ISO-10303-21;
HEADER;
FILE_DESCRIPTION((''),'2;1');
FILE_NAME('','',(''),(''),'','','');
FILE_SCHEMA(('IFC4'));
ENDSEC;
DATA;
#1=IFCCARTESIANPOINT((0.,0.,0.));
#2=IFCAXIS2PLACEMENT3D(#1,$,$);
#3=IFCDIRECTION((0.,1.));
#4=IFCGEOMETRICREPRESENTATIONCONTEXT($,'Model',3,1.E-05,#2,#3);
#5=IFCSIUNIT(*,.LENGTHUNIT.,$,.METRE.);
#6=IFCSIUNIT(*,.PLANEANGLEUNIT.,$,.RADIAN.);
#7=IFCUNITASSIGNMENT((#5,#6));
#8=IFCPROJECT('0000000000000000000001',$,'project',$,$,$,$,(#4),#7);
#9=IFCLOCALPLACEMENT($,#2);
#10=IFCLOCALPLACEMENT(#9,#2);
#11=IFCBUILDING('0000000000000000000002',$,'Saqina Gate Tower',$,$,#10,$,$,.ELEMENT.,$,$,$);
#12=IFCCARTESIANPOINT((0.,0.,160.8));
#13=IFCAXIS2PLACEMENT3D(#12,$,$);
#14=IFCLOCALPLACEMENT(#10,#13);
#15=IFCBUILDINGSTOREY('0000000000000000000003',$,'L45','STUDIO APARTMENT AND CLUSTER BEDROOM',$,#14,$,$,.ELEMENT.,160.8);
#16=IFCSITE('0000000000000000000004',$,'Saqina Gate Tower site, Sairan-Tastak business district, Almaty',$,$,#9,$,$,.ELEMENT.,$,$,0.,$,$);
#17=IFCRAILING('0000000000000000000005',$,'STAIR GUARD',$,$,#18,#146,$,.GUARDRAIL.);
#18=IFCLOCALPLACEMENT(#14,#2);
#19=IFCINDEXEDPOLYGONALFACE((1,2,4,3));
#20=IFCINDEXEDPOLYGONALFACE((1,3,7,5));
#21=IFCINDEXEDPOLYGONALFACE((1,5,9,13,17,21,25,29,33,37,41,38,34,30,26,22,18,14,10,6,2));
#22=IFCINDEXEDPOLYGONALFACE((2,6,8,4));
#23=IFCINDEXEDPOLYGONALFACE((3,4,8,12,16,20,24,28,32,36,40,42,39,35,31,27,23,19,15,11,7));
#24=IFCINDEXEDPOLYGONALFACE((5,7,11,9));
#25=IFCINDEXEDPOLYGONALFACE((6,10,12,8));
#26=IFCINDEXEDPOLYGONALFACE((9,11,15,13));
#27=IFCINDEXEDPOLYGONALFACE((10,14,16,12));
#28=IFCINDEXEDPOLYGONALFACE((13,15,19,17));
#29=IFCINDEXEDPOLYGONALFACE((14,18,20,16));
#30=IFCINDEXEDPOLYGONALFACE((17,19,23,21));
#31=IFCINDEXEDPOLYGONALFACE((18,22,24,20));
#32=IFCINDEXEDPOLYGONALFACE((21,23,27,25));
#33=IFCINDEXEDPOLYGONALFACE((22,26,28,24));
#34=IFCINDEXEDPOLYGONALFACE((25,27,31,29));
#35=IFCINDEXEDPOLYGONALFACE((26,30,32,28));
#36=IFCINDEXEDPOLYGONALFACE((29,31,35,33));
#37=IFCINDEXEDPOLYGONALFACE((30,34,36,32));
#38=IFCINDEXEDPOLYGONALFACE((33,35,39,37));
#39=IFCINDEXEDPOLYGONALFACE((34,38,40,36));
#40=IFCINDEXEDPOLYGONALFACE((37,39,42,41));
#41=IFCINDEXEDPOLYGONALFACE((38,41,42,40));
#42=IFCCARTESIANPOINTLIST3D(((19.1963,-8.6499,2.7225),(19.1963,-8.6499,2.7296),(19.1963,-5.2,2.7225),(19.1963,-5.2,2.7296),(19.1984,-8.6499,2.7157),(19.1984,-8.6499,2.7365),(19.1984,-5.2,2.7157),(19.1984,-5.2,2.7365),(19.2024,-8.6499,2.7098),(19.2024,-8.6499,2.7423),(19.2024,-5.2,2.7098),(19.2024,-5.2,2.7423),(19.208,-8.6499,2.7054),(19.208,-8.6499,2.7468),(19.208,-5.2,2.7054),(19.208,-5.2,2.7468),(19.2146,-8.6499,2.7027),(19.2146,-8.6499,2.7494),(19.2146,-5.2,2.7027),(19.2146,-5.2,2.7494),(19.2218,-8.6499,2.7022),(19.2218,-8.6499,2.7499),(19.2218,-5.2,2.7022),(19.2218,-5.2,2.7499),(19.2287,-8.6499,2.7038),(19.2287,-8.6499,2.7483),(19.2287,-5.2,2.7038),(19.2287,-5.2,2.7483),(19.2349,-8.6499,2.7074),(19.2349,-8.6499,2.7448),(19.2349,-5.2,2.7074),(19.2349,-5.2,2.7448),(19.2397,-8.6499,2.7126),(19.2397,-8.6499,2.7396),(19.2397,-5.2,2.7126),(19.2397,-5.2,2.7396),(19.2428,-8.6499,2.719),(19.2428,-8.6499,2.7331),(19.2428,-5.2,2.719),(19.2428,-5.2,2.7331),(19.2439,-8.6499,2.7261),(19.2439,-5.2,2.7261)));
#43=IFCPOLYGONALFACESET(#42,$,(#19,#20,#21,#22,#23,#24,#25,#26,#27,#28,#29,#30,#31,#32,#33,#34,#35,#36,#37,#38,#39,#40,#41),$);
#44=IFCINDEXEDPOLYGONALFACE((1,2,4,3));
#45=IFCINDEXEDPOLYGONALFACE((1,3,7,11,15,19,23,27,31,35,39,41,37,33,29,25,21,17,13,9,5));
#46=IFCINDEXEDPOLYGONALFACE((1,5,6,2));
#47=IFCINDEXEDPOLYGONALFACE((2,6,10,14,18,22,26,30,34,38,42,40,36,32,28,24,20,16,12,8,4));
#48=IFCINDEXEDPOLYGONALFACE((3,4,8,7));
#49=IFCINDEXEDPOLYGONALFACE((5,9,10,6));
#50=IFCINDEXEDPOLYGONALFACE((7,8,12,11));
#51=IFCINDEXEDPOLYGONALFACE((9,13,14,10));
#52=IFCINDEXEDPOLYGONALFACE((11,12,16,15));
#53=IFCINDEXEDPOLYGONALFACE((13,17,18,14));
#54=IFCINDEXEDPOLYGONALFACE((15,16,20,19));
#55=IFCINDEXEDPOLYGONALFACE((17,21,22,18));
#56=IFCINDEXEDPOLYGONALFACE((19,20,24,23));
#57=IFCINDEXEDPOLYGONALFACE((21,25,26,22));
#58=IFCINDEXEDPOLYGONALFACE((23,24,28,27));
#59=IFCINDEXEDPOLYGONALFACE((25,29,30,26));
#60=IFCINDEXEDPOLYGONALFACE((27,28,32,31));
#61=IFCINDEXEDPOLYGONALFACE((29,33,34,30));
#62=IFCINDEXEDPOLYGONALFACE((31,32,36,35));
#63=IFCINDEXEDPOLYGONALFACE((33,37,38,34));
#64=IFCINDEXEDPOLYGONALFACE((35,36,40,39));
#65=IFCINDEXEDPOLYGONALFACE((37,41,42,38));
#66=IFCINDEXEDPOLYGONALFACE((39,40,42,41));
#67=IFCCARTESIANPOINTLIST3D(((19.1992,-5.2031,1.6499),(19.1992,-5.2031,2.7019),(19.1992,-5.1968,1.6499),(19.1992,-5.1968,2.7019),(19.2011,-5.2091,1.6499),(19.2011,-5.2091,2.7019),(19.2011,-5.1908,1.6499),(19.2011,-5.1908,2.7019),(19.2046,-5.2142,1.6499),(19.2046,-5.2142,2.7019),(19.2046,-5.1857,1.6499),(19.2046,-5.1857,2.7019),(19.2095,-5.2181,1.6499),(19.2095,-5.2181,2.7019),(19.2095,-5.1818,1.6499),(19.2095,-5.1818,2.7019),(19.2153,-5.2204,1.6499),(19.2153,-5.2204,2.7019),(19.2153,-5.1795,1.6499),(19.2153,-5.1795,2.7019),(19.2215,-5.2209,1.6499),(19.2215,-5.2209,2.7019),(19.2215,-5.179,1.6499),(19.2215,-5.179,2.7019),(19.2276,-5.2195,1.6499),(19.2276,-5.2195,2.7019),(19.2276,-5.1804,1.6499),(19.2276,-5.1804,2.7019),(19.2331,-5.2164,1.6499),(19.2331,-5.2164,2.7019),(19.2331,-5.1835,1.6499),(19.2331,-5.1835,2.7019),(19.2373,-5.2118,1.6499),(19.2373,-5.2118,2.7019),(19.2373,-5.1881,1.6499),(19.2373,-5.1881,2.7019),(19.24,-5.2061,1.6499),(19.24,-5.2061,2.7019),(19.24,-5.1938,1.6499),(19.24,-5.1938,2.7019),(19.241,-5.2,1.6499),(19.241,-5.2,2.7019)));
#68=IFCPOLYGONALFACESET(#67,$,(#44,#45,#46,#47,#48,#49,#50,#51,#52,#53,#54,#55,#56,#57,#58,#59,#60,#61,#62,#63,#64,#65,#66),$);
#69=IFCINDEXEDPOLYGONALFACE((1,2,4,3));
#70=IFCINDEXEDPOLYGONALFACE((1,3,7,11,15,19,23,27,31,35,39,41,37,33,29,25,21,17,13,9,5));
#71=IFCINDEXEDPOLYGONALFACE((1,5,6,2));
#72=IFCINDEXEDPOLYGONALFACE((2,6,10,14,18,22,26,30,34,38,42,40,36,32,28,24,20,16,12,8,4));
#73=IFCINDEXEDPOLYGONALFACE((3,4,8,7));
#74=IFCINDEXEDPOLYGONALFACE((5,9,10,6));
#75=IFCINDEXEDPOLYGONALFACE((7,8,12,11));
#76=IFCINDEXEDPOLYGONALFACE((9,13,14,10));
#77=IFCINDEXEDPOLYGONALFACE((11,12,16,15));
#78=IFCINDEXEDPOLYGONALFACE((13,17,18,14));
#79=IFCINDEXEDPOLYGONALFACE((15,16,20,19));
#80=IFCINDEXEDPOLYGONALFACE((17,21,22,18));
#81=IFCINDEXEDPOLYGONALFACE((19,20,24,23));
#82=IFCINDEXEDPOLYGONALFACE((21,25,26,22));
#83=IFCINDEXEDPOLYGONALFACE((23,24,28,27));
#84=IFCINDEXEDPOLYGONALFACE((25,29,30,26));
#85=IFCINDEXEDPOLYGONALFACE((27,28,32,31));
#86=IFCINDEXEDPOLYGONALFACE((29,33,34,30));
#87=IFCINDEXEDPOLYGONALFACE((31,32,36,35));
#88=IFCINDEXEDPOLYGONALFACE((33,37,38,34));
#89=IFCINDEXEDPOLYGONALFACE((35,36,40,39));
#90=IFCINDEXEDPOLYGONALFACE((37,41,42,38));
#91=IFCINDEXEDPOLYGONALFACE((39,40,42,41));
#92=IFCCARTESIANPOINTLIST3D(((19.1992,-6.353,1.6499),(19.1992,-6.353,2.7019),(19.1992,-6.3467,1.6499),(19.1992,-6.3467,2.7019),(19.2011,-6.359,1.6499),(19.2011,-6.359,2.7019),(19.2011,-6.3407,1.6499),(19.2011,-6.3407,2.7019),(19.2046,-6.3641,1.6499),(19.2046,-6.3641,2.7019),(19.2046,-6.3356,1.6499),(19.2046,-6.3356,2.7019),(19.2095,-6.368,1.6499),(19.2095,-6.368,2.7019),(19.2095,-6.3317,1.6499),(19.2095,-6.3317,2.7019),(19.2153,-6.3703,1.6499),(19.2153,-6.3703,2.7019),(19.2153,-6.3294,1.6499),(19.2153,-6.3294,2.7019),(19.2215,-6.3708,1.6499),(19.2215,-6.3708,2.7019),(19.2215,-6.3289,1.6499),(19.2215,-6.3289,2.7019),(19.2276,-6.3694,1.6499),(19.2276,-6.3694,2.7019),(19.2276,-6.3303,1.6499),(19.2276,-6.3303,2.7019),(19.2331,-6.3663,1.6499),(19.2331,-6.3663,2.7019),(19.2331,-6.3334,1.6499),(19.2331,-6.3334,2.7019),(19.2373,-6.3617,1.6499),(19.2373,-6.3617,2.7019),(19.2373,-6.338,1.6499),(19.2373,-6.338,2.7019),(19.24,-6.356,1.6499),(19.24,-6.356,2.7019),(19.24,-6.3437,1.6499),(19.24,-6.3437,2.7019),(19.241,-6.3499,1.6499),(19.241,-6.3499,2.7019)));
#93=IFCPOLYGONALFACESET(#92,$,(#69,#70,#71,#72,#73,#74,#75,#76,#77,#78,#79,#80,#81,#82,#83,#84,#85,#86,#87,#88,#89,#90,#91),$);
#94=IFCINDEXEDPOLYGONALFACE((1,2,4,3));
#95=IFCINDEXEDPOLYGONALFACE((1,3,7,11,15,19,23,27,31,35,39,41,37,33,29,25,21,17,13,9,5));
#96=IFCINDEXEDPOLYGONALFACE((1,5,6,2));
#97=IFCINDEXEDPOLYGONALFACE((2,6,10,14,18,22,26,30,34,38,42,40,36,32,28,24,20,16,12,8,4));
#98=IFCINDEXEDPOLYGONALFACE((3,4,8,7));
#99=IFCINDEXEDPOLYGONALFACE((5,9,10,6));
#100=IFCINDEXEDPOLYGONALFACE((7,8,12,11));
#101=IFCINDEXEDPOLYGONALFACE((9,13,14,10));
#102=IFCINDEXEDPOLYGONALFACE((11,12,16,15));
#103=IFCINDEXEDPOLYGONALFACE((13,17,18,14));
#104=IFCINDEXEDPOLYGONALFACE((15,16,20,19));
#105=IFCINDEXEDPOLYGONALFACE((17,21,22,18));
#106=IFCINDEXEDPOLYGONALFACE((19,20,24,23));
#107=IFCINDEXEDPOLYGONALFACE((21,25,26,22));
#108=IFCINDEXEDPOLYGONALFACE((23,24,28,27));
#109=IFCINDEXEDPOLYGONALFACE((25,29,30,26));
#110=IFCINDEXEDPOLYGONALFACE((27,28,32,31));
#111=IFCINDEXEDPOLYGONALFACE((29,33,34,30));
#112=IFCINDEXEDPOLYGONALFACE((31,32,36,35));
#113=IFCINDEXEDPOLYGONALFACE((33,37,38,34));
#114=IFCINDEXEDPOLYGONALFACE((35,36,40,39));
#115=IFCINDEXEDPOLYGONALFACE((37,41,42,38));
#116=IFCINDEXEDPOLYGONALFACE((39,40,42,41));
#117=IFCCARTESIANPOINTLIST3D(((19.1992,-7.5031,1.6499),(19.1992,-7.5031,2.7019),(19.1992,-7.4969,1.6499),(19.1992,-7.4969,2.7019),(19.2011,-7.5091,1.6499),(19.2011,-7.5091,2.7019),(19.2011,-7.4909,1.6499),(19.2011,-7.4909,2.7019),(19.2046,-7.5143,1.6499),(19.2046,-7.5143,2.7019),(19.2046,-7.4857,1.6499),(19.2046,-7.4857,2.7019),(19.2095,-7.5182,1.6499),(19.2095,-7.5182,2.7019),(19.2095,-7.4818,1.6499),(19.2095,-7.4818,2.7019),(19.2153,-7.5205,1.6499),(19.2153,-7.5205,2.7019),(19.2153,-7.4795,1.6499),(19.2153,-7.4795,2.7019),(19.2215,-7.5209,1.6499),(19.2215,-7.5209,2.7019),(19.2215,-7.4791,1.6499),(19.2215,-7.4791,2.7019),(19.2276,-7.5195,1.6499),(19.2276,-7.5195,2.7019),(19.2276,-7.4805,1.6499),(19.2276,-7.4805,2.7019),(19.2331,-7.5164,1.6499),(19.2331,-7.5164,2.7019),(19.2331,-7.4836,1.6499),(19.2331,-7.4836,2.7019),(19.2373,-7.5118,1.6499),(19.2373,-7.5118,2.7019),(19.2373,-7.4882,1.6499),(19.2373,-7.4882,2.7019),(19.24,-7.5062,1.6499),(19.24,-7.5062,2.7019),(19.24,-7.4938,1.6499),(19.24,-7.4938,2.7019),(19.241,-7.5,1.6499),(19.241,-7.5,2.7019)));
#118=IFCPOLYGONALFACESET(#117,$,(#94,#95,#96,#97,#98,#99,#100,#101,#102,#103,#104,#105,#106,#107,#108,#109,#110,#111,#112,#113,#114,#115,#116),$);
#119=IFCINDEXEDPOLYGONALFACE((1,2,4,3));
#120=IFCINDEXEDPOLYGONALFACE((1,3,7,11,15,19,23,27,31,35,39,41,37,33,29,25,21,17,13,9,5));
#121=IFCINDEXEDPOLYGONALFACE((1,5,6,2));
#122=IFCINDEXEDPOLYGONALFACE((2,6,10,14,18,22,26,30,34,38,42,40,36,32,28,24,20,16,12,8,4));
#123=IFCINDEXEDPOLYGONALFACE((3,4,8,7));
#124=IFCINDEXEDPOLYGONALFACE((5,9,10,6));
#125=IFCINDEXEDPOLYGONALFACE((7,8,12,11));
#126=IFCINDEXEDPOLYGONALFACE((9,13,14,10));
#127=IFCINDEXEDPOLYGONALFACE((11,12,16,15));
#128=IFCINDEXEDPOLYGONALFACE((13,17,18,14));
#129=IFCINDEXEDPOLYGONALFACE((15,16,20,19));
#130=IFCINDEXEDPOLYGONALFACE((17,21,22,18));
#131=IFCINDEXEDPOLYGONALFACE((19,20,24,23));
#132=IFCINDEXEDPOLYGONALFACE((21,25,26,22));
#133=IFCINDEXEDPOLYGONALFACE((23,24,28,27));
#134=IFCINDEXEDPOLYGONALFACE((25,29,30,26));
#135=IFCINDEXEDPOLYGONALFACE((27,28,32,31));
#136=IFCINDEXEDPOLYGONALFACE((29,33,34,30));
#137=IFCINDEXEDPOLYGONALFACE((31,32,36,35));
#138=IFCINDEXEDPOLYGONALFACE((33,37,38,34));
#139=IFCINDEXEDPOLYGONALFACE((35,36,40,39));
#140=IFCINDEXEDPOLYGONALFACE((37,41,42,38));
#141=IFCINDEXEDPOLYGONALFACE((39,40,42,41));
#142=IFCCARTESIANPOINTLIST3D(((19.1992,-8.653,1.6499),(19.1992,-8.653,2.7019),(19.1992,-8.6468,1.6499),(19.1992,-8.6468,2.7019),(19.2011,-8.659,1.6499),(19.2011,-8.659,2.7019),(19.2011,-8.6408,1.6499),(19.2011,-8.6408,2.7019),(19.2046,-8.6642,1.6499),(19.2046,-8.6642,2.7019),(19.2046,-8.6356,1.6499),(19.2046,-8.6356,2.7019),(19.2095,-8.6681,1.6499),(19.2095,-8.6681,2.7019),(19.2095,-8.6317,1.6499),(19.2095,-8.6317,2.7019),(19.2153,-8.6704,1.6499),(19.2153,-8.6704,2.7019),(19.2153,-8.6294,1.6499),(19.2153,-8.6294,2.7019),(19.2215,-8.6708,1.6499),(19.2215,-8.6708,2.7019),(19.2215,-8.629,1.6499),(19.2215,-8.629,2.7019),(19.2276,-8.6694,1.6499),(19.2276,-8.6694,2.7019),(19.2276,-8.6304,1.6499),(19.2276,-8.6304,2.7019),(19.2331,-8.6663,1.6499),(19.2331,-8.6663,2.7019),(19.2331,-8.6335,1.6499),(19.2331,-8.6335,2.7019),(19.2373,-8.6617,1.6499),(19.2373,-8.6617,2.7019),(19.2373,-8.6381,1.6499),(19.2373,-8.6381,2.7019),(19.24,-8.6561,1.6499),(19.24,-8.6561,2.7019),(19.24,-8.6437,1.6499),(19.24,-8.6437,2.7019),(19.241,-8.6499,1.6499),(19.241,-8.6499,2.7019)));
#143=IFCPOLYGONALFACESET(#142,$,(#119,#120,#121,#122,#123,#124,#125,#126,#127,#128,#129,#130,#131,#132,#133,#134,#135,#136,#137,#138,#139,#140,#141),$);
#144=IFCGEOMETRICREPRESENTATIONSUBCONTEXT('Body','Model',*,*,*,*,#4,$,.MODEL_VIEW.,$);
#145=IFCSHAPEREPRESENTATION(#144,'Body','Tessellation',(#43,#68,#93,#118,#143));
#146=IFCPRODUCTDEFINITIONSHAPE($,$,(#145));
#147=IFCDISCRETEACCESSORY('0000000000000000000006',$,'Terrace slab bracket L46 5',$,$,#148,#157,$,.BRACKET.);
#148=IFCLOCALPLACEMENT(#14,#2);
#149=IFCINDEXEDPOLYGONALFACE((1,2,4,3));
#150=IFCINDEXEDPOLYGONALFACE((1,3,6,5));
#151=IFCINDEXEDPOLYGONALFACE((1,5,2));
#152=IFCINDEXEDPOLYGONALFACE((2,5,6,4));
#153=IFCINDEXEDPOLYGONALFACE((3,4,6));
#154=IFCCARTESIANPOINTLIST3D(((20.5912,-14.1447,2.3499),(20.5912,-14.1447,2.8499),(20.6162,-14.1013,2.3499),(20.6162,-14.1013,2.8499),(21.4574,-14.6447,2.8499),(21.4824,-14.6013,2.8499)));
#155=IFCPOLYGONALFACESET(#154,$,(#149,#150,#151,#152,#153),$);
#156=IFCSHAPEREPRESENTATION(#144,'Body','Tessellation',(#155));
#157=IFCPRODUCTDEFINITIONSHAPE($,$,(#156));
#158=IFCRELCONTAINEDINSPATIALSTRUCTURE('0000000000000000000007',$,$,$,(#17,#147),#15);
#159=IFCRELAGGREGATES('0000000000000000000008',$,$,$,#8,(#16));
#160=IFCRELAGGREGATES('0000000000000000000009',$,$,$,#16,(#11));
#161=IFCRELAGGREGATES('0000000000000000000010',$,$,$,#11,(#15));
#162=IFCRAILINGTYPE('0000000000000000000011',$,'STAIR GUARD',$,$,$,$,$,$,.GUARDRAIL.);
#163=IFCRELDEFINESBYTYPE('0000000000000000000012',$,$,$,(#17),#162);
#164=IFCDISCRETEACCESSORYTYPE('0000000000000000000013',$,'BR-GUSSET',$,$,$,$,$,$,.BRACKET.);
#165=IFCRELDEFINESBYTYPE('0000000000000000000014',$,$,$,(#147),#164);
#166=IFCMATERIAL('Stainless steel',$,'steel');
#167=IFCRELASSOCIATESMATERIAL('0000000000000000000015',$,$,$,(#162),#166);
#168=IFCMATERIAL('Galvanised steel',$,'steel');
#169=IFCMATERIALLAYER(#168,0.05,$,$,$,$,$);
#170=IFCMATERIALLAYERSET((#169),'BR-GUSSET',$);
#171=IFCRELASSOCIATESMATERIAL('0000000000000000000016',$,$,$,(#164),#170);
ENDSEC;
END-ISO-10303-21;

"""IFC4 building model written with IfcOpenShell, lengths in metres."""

from ifc_helpers import new_model, si_unit, direction, frame, origin, origin_2d, place, context, subcontext, project, spatial, polyline, circle, outline, extrude, material, layer, layer_set, type_object, element, save


model = new_model("IFC4")

# Units and contexts
model_context = context("Model", 3, precision=1e-05, world=origin(), true_north=direction((0.0, 1.0)))
body_context = subcontext(model_context, "Body", "Model", "MODEL_VIEW")
ifc_project = project(units=[si_unit("LENGTHUNIT", "METRE"), si_unit("PLANEANGLEUNIT", "RADIAN")], contexts=[model_context])

# Site, building, storey
site_placement = place(None, origin())
site = spatial("IfcSite", under=ifc_project, at=site_placement, Name="Saqina Gate Tower site, Sairan-Tastak business district, Almaty", CompositionType="ELEMENT", RefElevation=0.0)
building_placement = place(site_placement, origin())
building = spatial("IfcBuilding", under=site, at=building_placement, Name="Saqina Gate Tower", CompositionType="ELEMENT")
storey_placement = place(building_placement, frame((0.0, 0.0, 160.8)))
storey = spatial("IfcBuildingStorey", under=building, at=storey_placement, Name="L45", Description="STUDIO APARTMENT AND CLUSTER BEDROOM", CompositionType="ELEMENT", Elevation=160.8)

# Railing
ifc_material_1 = material(Name="Stainless steel", Category="steel")
railing_type = type_object("IfcRailingType", Name="STAIR GUARD", PredefinedType="GUARDRAIL", material=ifc_material_1)
railing_placement = place(storey_placement, frame((19.22, -5.2, 1.6499)))
element("IfcRailing", 1, at=railing_placement, inside=storey, type_object=railing_type, Name="STAIR GUARD", PredefinedType="GUARDRAIL", context=body_context, shape_type="SweptSolid", body=[
    extrude(circle(Radius=0.0239, at=origin_2d()), frame((0.0, 0.0, 1.0762), z_axis=(0.0, -1.0, 0.0), x_axis=(1.0, 0.0, 0.0)), (0.0, 0.0, 1.0), 3.45),
    extrude(circle(Radius=0.021, at=origin_2d()), origin(), (0.0, 0.0, 1.0), 1.052),
    extrude(circle(Radius=0.021, at=origin_2d()), frame((0.0, -1.1499, 0.0)), (0.0, 0.0, 1.0), 1.052),
    extrude(circle(Radius=0.021, at=origin_2d()), frame((0.0, -2.3, 0.0)), (0.0, 0.0, 1.0), 1.052),
    extrude(circle(Radius=0.021, at=origin_2d()), frame((0.0, -3.45, 0.0)), (0.0, 0.0, 1.0), 1.052),
])

# Discrete accessory
ifc_material_2 = material(Name="Galvanised steel", Category="steel")
ifc_layer_1 = layer(ifc_material_2, 0.05)
ifc_layer_set_1 = layer_set([ifc_layer_1], Name="BR-GUSSET")
discrete_accessory_type = type_object("IfcDiscreteAccessoryType", Name="BR-GUSSET", PredefinedType="BRACKET", material=ifc_layer_set_1)
discrete_accessory_placement = place(storey_placement, frame((20.6162, -14.1013, 2.3499), z_axis=(0.49992, 0.866072, 0.0), x_axis=(0.0, 0.0, 1.0)))
element("IfcDiscreteAccessory", 2, at=discrete_accessory_placement, inside=storey, type_object=discrete_accessory_type, Name="Terrace slab bracket L46 5", PredefinedType="BRACKET", context=body_context, shape_type="SweptSolid", body=[
    extrude(outline(polyline([(0.0, 0.0), (0.5, 0.0), (0.5, 1.0002), (0.0, 0.0)])), origin(), (0.0, 0.0, -1.0), 0.05),
])

save(model, "model.ifc")
